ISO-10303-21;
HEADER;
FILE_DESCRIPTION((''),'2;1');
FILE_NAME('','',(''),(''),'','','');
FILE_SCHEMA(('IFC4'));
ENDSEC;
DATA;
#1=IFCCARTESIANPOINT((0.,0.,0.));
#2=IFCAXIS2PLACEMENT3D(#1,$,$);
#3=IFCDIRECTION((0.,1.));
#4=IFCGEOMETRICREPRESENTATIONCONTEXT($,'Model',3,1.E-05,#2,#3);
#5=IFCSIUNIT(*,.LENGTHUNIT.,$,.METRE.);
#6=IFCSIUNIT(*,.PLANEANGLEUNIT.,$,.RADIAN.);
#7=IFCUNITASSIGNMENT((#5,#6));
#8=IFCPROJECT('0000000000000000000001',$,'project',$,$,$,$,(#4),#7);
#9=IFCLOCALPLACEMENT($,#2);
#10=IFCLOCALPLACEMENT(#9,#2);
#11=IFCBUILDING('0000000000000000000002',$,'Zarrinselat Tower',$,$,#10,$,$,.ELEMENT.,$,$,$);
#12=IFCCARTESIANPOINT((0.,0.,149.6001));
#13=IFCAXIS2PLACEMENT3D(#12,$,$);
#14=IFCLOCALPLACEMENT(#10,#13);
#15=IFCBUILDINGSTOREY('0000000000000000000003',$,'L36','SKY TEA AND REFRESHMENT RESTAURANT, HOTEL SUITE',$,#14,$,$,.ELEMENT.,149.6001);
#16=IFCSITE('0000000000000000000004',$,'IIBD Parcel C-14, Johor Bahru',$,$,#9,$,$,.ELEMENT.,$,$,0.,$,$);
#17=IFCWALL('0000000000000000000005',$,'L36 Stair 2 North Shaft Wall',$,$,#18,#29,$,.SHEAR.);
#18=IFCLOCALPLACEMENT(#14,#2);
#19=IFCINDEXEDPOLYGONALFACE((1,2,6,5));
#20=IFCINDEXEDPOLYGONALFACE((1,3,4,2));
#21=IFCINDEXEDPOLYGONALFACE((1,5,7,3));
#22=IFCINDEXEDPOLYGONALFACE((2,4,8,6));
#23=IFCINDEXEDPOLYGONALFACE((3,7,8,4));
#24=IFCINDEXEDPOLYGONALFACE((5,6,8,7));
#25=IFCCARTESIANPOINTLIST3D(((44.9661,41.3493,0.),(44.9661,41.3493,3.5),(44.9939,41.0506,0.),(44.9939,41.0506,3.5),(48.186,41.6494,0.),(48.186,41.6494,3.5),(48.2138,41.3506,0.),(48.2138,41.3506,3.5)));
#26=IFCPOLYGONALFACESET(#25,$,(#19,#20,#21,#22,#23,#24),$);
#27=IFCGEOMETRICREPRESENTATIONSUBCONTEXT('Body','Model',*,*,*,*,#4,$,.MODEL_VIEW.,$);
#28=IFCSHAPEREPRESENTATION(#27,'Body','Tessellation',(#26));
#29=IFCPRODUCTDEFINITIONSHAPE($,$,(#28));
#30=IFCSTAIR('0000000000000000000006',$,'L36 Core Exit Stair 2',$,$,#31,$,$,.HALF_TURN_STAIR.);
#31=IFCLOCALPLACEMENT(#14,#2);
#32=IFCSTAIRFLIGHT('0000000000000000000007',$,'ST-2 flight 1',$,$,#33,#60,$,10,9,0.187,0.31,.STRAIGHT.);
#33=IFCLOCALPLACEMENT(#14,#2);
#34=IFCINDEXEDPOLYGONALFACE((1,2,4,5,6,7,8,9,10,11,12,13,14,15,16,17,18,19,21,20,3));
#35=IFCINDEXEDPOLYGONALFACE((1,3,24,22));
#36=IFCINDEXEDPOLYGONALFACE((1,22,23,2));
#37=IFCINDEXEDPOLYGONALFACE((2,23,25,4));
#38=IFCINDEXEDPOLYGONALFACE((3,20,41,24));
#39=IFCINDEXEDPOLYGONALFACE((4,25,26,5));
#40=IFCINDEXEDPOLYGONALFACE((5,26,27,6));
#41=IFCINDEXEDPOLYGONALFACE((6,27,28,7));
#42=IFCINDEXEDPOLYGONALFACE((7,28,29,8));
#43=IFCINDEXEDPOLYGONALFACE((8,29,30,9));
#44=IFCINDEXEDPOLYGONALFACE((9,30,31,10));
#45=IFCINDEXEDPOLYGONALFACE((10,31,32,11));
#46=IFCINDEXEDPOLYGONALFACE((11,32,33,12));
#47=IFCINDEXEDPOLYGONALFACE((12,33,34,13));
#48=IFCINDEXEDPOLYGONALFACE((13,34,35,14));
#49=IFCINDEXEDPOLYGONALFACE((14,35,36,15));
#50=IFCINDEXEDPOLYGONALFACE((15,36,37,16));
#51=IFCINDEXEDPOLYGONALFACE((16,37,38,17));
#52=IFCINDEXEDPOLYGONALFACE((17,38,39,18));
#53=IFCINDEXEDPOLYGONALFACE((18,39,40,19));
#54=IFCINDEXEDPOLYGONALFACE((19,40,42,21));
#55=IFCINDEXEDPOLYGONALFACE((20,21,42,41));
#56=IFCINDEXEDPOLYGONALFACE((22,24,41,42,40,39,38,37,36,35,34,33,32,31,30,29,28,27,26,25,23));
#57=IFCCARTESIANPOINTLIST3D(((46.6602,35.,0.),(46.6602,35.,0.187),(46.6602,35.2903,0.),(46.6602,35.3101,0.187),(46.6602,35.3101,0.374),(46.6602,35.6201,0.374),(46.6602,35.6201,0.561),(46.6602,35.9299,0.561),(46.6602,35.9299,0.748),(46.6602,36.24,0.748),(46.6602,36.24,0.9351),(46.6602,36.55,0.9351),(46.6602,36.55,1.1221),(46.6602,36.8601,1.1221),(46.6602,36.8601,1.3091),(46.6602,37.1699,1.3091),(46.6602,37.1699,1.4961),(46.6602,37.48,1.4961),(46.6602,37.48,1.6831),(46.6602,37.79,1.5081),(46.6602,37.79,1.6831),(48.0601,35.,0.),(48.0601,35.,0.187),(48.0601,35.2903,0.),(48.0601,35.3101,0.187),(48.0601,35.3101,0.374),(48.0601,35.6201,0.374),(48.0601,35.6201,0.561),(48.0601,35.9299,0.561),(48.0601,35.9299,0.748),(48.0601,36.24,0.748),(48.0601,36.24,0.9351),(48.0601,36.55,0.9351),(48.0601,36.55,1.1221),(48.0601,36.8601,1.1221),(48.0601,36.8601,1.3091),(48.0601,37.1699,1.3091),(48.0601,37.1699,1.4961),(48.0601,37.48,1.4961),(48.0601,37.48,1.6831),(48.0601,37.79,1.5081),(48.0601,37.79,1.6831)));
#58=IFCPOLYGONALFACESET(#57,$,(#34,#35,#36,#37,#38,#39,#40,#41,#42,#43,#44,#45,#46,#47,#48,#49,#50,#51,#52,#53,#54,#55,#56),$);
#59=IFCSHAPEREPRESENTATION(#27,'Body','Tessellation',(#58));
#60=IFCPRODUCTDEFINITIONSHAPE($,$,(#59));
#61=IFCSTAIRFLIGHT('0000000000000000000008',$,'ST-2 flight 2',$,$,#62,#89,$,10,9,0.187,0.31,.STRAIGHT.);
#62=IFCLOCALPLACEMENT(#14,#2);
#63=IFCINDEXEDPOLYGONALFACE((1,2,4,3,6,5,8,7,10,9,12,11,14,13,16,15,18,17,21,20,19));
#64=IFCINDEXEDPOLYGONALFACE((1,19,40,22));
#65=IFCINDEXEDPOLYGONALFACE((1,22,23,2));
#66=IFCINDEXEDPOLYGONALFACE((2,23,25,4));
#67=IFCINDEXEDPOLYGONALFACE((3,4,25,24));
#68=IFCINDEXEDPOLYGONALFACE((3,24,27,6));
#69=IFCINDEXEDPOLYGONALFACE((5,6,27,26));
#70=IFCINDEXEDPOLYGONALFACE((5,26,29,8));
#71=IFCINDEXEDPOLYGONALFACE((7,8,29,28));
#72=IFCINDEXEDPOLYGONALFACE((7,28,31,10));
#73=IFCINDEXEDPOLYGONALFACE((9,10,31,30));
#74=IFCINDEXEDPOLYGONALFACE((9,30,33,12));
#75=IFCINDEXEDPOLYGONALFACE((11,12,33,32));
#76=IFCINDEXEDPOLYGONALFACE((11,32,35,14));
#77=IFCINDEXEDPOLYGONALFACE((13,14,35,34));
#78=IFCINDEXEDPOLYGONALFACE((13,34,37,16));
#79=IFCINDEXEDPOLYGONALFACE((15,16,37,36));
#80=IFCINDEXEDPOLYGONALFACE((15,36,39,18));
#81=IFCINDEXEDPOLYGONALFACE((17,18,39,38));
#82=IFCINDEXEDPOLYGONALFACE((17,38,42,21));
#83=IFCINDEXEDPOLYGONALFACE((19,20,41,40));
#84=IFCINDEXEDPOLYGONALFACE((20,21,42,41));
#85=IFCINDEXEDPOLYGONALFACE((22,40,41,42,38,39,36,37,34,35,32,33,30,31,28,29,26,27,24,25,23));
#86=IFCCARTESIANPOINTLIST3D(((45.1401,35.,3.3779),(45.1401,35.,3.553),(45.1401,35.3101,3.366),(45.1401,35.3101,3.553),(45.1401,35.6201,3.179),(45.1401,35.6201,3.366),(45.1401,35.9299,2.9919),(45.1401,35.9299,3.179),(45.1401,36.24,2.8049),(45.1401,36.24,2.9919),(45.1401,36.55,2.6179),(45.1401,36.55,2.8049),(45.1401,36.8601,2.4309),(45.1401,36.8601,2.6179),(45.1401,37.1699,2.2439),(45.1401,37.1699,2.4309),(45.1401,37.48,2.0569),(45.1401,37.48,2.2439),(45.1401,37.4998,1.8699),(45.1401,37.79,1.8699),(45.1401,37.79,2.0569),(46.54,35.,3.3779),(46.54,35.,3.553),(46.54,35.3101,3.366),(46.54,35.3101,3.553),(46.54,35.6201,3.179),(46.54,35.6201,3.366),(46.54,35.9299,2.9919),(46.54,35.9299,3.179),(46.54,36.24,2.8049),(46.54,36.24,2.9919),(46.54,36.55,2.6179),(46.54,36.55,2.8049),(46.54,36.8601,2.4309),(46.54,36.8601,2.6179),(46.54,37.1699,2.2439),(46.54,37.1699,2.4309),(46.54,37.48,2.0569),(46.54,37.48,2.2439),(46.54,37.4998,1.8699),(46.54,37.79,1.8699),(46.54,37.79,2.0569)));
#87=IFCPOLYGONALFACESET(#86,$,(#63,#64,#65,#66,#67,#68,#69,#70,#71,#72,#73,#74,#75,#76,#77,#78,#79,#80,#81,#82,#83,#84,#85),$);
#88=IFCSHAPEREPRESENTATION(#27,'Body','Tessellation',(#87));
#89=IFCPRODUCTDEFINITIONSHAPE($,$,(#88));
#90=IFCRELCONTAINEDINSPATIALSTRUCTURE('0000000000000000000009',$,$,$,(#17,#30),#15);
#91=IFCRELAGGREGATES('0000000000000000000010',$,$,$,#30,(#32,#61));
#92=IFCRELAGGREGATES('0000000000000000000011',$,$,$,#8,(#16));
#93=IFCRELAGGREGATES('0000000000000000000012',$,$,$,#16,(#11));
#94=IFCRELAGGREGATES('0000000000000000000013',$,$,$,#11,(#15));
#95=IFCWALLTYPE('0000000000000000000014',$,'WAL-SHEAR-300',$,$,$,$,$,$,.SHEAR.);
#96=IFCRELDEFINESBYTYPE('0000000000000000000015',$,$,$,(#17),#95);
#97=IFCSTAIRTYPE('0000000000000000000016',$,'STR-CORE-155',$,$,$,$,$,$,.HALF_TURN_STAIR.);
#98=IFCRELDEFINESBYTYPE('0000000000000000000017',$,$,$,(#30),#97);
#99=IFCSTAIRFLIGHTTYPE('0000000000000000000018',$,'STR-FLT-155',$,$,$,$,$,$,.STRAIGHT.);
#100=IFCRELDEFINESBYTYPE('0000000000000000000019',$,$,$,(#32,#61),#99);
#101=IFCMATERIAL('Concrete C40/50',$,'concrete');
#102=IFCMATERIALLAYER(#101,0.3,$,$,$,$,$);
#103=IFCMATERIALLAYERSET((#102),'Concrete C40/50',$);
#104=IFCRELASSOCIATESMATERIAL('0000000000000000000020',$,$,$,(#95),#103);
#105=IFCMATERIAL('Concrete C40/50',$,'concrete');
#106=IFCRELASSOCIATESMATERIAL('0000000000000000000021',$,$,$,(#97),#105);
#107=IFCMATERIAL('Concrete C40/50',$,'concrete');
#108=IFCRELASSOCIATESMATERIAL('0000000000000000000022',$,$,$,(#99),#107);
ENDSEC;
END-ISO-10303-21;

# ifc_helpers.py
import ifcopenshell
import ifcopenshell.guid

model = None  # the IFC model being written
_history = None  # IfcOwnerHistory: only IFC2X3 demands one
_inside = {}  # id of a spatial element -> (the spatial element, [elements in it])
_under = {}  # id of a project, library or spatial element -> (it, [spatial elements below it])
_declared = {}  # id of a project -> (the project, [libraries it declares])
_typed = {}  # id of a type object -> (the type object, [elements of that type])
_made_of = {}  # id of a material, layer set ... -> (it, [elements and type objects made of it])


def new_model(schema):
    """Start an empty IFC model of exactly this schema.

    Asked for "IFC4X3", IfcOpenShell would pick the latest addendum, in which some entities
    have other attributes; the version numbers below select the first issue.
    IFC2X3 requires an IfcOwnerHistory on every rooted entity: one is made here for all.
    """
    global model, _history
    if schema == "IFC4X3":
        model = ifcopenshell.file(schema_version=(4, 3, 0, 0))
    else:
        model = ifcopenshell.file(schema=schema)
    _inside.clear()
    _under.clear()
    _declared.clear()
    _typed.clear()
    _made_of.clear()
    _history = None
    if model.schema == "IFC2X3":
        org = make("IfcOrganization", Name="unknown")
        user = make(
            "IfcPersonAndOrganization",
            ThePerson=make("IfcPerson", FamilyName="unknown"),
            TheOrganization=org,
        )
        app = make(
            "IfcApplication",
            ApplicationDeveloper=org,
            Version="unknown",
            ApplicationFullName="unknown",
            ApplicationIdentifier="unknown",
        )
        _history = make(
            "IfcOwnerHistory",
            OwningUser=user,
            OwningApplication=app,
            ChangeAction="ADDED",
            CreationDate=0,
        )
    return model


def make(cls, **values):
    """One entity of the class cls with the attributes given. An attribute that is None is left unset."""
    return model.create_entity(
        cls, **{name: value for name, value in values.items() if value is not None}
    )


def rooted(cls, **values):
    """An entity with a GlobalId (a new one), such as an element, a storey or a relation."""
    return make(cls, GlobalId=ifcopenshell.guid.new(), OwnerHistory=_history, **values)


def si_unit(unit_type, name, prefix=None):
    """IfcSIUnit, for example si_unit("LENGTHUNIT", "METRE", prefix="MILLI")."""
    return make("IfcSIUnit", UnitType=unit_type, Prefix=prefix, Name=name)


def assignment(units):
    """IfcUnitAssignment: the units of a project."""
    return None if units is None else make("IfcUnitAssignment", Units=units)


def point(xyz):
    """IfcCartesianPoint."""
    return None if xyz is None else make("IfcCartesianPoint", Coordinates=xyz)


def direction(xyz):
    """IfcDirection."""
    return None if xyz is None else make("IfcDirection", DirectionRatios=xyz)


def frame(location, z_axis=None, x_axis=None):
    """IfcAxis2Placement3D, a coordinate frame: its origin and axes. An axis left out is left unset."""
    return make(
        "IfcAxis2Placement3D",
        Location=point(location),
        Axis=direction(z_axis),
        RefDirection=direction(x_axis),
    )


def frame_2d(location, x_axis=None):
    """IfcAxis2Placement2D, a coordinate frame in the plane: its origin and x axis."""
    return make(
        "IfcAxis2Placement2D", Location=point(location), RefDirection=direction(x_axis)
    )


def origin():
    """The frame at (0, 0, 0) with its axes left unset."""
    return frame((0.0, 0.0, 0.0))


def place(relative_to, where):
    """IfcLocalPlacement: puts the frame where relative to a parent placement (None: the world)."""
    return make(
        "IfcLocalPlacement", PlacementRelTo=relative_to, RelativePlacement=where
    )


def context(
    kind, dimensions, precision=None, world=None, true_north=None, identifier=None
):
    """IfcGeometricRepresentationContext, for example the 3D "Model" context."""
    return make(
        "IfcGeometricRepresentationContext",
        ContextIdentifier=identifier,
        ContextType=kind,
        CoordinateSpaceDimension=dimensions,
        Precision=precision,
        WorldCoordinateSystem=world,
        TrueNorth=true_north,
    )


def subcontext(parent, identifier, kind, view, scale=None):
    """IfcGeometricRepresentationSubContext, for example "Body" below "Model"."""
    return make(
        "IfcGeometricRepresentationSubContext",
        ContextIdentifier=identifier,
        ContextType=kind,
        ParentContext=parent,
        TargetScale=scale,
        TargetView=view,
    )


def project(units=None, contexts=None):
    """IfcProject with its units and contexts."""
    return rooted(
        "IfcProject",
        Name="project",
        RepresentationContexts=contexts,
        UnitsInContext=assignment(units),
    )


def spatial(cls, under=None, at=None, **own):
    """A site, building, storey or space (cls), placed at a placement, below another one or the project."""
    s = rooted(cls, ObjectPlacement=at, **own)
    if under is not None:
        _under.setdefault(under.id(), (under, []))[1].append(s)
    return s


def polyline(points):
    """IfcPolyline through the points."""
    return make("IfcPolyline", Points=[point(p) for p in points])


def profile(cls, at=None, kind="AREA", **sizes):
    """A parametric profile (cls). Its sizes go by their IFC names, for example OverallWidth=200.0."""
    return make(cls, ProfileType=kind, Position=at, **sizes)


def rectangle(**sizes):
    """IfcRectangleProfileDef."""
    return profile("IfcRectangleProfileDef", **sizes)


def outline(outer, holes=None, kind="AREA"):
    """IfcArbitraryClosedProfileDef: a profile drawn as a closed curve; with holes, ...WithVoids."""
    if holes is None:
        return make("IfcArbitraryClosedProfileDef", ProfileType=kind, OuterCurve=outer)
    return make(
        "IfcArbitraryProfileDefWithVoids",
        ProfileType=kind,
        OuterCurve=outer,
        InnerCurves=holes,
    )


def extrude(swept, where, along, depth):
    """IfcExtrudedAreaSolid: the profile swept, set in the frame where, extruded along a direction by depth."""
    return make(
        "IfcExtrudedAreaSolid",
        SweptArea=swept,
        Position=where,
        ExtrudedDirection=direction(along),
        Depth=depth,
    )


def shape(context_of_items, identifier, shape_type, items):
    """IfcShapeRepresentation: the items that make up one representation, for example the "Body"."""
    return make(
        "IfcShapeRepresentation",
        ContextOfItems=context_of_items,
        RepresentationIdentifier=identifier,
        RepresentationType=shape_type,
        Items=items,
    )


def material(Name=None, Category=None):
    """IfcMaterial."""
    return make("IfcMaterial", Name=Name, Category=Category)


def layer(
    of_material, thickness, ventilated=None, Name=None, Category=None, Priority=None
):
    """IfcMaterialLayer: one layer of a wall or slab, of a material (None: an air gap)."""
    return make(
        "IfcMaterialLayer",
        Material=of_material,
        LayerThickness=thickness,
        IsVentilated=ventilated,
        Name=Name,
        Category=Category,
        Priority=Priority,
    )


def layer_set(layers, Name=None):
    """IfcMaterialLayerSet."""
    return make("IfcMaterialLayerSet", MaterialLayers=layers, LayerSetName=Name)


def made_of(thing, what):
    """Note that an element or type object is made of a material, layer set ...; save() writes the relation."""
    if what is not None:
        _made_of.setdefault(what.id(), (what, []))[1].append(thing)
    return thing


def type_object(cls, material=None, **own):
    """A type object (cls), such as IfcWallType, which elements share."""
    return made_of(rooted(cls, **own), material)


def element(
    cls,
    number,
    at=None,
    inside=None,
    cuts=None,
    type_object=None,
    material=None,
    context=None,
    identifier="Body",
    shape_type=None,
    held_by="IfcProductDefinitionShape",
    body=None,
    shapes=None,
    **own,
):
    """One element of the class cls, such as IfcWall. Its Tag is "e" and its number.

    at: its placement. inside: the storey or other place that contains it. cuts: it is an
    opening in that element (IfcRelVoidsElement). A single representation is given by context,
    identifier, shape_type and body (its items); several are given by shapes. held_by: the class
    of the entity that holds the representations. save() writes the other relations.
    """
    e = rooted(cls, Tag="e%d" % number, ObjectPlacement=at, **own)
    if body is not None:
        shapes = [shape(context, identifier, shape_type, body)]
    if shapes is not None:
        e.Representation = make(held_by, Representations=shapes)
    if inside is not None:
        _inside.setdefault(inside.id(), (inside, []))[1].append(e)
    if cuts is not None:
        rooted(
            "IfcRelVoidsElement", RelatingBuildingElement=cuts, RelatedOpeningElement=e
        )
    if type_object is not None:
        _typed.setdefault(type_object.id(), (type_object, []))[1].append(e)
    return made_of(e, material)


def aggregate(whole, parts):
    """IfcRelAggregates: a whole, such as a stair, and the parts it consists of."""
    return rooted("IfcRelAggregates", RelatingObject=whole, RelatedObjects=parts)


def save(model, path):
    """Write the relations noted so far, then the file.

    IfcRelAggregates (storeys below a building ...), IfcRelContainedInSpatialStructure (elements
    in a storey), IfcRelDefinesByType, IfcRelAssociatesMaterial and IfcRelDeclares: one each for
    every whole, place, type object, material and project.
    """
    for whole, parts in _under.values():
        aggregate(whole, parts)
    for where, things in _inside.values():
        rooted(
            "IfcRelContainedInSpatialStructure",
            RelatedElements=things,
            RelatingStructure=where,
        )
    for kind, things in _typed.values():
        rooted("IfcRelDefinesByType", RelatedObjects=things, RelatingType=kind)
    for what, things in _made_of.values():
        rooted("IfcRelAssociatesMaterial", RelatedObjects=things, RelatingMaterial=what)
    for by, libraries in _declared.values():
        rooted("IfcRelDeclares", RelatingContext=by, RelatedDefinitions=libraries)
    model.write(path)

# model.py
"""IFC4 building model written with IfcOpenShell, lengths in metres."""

from ifc_helpers import new_model, si_unit, direction, frame, frame_2d, origin, place, context, subcontext, project, spatial, polyline, rectangle, outline, extrude, material, layer, layer_set, type_object, element, aggregate, save


model = new_model("IFC4")

# Units and contexts
model_context = context("Model", 3, precision=1e-05, world=origin(), true_north=direction((0.0, 1.0)))
body_context = subcontext(model_context, "Body", "Model", "MODEL_VIEW")
ifc_project = project(units=[si_unit("LENGTHUNIT", "METRE"), si_unit("PLANEANGLEUNIT", "RADIAN")], contexts=[model_context])

# Site, building, storey
site_placement = place(None, origin())
site = spatial("IfcSite", under=ifc_project, at=site_placement, Name="IIBD Parcel C-14, Johor Bahru", CompositionType="ELEMENT", RefElevation=0.0)
building_placement = place(site_placement, origin())
building = spatial("IfcBuilding", under=site, at=building_placement, Name="Zarrinselat Tower", CompositionType="ELEMENT")
storey_placement = place(building_placement, frame((0.0, 0.0, 149.6001)))
storey = spatial("IfcBuildingStorey", under=building, at=storey_placement, Name="L36", Description="SKY TEA AND REFRESHMENT RESTAURANT, HOTEL SUITE", CompositionType="ELEMENT", Elevation=149.6001)

# Wall
ifc_material_1 = material(Name="Concrete C40/50", Category="concrete")
ifc_layer_1 = layer(ifc_material_1, 0.3)
ifc_layer_set_1 = layer_set([ifc_layer_1], Name="Concrete C40/50")
wall_type_1 = type_object("IfcWallType", Name="WAL-SHEAR-300", PredefinedType="SHEAR", material=ifc_layer_set_1)
wall_1_placement = place(storey_placement, frame((44.98, 41.2, 0.0), z_axis=(0.0, 0.0, 1.0), x_axis=(0.995686, 0.092782, 0.0)))
element("IfcWall", 1, at=wall_1_placement, inside=storey, type_object=wall_type_1, Name="L36 Stair 2 North Shaft Wall", PredefinedType="SHEAR", context=body_context, shape_type="SweptSolid", body=[
    extrude(rectangle(XDim=3.2339, YDim=0.3, at=frame_2d((1.6169, 0.0))), origin(), (0.0, 0.0, 1.0), 3.5),
])

# Stair, stair flights
ifc_material_2 = material(Name="Concrete C40/50", Category="concrete")
stair_type = type_object("IfcStairType", Name="STR-CORE-155", PredefinedType="HALF_TURN_STAIR", material=ifc_material_2)
stair_placement = place(storey_placement, origin())
stair = element("IfcStair", 2, at=stair_placement, inside=storey, type_object=stair_type, Name="L36 Core Exit Stair 2", PredefinedType="HALF_TURN_STAIR")
ifc_material_3 = material(Name="Concrete C40/50", Category="concrete")
stair_flight_type = type_object("IfcStairFlightType", Name="STR-FLT-155", PredefinedType="STRAIGHT", material=ifc_material_3)
stair_flight_1_placement = place(storey_placement, frame((47.3601, 35.0, 0.0), z_axis=(0.0, 0.0, 1.0), x_axis=(0.0, 1.0, 0.0)))
stair_flight_1 = element("IfcStairFlight", 3, at=stair_flight_1_placement, type_object=stair_flight_type, Name="ST-2 flight 1", NumberOfRisers=10, NumberOfTreads=9, PredefinedType="STRAIGHT", RiserHeight=0.187, TreadLength=0.31, context=body_context, shape_type="SweptSolid", body=[
    extrude(outline(polyline([(0.0, 0.0), (0.0, 0.187), (0.3101, 0.187), (0.3101, 0.374), (0.6201, 0.374), (0.6201, 0.561), (0.9299, 0.561), (0.9299, 0.748), (1.24, 0.748), (1.24, 0.9351), (1.55, 0.9351), (1.55, 1.1221), (1.8601, 1.1221), (1.8601, 1.3091), (2.1699, 1.3091), (2.1699, 1.4961), (2.48, 1.4961), (2.48, 1.6831), (2.79, 1.6831), (2.79, 1.8701), (2.79, 1.5081), (0.2903, 0.0), (0.0, 0.0)])), frame((0.0, 0.7, 0.0), z_axis=(0.0, -1.0, 0.0), x_axis=(1.0, 0.0, 0.0)), (0.0, 0.0, 1.0), 1.3999),
])
stair_flight_2_placement = place(storey_placement, frame((45.8401, 37.79, 1.8699), z_axis=(0.0, 0.0, 1.0), x_axis=(0.0, -1.0, 0.0)))
stair_flight_2 = element("IfcStairFlight", 4, at=stair_flight_2_placement, type_object=stair_flight_type, Name="ST-2 flight 2", NumberOfRisers=10, NumberOfTreads=9, PredefinedType="STRAIGHT", RiserHeight=0.187, TreadLength=0.31, context=body_context, shape_type="SweptSolid", body=[
    extrude(outline(polyline([(0.0, 0.0), (0.0, 0.187), (0.3101, 0.187), (0.3101, 0.374), (0.6201, 0.374), (0.6201, 0.561), (0.9299, 0.561), (0.9299, 0.748), (1.24, 0.748), (1.24, 0.9351), (1.55, 0.9351), (1.55, 1.1221), (1.8601, 1.1221), (1.8601, 1.3091), (2.1699, 1.3091), (2.1699, 1.4961), (2.48, 1.4961), (2.48, 1.6831), (2.79, 1.6831), (2.79, 1.8701), (2.79, 1.5081), (0.2903, 0.0), (0.0, 0.0)])), frame((0.0, 0.7, 0.0), z_axis=(0.0, -1.0, 0.0), x_axis=(1.0, 0.0, 0.0)), (0.0, 0.0, 1.0), 1.3999),
])
aggregate(stair, [stair_flight_1, stair_flight_2])

save(model, "model.ifc")
